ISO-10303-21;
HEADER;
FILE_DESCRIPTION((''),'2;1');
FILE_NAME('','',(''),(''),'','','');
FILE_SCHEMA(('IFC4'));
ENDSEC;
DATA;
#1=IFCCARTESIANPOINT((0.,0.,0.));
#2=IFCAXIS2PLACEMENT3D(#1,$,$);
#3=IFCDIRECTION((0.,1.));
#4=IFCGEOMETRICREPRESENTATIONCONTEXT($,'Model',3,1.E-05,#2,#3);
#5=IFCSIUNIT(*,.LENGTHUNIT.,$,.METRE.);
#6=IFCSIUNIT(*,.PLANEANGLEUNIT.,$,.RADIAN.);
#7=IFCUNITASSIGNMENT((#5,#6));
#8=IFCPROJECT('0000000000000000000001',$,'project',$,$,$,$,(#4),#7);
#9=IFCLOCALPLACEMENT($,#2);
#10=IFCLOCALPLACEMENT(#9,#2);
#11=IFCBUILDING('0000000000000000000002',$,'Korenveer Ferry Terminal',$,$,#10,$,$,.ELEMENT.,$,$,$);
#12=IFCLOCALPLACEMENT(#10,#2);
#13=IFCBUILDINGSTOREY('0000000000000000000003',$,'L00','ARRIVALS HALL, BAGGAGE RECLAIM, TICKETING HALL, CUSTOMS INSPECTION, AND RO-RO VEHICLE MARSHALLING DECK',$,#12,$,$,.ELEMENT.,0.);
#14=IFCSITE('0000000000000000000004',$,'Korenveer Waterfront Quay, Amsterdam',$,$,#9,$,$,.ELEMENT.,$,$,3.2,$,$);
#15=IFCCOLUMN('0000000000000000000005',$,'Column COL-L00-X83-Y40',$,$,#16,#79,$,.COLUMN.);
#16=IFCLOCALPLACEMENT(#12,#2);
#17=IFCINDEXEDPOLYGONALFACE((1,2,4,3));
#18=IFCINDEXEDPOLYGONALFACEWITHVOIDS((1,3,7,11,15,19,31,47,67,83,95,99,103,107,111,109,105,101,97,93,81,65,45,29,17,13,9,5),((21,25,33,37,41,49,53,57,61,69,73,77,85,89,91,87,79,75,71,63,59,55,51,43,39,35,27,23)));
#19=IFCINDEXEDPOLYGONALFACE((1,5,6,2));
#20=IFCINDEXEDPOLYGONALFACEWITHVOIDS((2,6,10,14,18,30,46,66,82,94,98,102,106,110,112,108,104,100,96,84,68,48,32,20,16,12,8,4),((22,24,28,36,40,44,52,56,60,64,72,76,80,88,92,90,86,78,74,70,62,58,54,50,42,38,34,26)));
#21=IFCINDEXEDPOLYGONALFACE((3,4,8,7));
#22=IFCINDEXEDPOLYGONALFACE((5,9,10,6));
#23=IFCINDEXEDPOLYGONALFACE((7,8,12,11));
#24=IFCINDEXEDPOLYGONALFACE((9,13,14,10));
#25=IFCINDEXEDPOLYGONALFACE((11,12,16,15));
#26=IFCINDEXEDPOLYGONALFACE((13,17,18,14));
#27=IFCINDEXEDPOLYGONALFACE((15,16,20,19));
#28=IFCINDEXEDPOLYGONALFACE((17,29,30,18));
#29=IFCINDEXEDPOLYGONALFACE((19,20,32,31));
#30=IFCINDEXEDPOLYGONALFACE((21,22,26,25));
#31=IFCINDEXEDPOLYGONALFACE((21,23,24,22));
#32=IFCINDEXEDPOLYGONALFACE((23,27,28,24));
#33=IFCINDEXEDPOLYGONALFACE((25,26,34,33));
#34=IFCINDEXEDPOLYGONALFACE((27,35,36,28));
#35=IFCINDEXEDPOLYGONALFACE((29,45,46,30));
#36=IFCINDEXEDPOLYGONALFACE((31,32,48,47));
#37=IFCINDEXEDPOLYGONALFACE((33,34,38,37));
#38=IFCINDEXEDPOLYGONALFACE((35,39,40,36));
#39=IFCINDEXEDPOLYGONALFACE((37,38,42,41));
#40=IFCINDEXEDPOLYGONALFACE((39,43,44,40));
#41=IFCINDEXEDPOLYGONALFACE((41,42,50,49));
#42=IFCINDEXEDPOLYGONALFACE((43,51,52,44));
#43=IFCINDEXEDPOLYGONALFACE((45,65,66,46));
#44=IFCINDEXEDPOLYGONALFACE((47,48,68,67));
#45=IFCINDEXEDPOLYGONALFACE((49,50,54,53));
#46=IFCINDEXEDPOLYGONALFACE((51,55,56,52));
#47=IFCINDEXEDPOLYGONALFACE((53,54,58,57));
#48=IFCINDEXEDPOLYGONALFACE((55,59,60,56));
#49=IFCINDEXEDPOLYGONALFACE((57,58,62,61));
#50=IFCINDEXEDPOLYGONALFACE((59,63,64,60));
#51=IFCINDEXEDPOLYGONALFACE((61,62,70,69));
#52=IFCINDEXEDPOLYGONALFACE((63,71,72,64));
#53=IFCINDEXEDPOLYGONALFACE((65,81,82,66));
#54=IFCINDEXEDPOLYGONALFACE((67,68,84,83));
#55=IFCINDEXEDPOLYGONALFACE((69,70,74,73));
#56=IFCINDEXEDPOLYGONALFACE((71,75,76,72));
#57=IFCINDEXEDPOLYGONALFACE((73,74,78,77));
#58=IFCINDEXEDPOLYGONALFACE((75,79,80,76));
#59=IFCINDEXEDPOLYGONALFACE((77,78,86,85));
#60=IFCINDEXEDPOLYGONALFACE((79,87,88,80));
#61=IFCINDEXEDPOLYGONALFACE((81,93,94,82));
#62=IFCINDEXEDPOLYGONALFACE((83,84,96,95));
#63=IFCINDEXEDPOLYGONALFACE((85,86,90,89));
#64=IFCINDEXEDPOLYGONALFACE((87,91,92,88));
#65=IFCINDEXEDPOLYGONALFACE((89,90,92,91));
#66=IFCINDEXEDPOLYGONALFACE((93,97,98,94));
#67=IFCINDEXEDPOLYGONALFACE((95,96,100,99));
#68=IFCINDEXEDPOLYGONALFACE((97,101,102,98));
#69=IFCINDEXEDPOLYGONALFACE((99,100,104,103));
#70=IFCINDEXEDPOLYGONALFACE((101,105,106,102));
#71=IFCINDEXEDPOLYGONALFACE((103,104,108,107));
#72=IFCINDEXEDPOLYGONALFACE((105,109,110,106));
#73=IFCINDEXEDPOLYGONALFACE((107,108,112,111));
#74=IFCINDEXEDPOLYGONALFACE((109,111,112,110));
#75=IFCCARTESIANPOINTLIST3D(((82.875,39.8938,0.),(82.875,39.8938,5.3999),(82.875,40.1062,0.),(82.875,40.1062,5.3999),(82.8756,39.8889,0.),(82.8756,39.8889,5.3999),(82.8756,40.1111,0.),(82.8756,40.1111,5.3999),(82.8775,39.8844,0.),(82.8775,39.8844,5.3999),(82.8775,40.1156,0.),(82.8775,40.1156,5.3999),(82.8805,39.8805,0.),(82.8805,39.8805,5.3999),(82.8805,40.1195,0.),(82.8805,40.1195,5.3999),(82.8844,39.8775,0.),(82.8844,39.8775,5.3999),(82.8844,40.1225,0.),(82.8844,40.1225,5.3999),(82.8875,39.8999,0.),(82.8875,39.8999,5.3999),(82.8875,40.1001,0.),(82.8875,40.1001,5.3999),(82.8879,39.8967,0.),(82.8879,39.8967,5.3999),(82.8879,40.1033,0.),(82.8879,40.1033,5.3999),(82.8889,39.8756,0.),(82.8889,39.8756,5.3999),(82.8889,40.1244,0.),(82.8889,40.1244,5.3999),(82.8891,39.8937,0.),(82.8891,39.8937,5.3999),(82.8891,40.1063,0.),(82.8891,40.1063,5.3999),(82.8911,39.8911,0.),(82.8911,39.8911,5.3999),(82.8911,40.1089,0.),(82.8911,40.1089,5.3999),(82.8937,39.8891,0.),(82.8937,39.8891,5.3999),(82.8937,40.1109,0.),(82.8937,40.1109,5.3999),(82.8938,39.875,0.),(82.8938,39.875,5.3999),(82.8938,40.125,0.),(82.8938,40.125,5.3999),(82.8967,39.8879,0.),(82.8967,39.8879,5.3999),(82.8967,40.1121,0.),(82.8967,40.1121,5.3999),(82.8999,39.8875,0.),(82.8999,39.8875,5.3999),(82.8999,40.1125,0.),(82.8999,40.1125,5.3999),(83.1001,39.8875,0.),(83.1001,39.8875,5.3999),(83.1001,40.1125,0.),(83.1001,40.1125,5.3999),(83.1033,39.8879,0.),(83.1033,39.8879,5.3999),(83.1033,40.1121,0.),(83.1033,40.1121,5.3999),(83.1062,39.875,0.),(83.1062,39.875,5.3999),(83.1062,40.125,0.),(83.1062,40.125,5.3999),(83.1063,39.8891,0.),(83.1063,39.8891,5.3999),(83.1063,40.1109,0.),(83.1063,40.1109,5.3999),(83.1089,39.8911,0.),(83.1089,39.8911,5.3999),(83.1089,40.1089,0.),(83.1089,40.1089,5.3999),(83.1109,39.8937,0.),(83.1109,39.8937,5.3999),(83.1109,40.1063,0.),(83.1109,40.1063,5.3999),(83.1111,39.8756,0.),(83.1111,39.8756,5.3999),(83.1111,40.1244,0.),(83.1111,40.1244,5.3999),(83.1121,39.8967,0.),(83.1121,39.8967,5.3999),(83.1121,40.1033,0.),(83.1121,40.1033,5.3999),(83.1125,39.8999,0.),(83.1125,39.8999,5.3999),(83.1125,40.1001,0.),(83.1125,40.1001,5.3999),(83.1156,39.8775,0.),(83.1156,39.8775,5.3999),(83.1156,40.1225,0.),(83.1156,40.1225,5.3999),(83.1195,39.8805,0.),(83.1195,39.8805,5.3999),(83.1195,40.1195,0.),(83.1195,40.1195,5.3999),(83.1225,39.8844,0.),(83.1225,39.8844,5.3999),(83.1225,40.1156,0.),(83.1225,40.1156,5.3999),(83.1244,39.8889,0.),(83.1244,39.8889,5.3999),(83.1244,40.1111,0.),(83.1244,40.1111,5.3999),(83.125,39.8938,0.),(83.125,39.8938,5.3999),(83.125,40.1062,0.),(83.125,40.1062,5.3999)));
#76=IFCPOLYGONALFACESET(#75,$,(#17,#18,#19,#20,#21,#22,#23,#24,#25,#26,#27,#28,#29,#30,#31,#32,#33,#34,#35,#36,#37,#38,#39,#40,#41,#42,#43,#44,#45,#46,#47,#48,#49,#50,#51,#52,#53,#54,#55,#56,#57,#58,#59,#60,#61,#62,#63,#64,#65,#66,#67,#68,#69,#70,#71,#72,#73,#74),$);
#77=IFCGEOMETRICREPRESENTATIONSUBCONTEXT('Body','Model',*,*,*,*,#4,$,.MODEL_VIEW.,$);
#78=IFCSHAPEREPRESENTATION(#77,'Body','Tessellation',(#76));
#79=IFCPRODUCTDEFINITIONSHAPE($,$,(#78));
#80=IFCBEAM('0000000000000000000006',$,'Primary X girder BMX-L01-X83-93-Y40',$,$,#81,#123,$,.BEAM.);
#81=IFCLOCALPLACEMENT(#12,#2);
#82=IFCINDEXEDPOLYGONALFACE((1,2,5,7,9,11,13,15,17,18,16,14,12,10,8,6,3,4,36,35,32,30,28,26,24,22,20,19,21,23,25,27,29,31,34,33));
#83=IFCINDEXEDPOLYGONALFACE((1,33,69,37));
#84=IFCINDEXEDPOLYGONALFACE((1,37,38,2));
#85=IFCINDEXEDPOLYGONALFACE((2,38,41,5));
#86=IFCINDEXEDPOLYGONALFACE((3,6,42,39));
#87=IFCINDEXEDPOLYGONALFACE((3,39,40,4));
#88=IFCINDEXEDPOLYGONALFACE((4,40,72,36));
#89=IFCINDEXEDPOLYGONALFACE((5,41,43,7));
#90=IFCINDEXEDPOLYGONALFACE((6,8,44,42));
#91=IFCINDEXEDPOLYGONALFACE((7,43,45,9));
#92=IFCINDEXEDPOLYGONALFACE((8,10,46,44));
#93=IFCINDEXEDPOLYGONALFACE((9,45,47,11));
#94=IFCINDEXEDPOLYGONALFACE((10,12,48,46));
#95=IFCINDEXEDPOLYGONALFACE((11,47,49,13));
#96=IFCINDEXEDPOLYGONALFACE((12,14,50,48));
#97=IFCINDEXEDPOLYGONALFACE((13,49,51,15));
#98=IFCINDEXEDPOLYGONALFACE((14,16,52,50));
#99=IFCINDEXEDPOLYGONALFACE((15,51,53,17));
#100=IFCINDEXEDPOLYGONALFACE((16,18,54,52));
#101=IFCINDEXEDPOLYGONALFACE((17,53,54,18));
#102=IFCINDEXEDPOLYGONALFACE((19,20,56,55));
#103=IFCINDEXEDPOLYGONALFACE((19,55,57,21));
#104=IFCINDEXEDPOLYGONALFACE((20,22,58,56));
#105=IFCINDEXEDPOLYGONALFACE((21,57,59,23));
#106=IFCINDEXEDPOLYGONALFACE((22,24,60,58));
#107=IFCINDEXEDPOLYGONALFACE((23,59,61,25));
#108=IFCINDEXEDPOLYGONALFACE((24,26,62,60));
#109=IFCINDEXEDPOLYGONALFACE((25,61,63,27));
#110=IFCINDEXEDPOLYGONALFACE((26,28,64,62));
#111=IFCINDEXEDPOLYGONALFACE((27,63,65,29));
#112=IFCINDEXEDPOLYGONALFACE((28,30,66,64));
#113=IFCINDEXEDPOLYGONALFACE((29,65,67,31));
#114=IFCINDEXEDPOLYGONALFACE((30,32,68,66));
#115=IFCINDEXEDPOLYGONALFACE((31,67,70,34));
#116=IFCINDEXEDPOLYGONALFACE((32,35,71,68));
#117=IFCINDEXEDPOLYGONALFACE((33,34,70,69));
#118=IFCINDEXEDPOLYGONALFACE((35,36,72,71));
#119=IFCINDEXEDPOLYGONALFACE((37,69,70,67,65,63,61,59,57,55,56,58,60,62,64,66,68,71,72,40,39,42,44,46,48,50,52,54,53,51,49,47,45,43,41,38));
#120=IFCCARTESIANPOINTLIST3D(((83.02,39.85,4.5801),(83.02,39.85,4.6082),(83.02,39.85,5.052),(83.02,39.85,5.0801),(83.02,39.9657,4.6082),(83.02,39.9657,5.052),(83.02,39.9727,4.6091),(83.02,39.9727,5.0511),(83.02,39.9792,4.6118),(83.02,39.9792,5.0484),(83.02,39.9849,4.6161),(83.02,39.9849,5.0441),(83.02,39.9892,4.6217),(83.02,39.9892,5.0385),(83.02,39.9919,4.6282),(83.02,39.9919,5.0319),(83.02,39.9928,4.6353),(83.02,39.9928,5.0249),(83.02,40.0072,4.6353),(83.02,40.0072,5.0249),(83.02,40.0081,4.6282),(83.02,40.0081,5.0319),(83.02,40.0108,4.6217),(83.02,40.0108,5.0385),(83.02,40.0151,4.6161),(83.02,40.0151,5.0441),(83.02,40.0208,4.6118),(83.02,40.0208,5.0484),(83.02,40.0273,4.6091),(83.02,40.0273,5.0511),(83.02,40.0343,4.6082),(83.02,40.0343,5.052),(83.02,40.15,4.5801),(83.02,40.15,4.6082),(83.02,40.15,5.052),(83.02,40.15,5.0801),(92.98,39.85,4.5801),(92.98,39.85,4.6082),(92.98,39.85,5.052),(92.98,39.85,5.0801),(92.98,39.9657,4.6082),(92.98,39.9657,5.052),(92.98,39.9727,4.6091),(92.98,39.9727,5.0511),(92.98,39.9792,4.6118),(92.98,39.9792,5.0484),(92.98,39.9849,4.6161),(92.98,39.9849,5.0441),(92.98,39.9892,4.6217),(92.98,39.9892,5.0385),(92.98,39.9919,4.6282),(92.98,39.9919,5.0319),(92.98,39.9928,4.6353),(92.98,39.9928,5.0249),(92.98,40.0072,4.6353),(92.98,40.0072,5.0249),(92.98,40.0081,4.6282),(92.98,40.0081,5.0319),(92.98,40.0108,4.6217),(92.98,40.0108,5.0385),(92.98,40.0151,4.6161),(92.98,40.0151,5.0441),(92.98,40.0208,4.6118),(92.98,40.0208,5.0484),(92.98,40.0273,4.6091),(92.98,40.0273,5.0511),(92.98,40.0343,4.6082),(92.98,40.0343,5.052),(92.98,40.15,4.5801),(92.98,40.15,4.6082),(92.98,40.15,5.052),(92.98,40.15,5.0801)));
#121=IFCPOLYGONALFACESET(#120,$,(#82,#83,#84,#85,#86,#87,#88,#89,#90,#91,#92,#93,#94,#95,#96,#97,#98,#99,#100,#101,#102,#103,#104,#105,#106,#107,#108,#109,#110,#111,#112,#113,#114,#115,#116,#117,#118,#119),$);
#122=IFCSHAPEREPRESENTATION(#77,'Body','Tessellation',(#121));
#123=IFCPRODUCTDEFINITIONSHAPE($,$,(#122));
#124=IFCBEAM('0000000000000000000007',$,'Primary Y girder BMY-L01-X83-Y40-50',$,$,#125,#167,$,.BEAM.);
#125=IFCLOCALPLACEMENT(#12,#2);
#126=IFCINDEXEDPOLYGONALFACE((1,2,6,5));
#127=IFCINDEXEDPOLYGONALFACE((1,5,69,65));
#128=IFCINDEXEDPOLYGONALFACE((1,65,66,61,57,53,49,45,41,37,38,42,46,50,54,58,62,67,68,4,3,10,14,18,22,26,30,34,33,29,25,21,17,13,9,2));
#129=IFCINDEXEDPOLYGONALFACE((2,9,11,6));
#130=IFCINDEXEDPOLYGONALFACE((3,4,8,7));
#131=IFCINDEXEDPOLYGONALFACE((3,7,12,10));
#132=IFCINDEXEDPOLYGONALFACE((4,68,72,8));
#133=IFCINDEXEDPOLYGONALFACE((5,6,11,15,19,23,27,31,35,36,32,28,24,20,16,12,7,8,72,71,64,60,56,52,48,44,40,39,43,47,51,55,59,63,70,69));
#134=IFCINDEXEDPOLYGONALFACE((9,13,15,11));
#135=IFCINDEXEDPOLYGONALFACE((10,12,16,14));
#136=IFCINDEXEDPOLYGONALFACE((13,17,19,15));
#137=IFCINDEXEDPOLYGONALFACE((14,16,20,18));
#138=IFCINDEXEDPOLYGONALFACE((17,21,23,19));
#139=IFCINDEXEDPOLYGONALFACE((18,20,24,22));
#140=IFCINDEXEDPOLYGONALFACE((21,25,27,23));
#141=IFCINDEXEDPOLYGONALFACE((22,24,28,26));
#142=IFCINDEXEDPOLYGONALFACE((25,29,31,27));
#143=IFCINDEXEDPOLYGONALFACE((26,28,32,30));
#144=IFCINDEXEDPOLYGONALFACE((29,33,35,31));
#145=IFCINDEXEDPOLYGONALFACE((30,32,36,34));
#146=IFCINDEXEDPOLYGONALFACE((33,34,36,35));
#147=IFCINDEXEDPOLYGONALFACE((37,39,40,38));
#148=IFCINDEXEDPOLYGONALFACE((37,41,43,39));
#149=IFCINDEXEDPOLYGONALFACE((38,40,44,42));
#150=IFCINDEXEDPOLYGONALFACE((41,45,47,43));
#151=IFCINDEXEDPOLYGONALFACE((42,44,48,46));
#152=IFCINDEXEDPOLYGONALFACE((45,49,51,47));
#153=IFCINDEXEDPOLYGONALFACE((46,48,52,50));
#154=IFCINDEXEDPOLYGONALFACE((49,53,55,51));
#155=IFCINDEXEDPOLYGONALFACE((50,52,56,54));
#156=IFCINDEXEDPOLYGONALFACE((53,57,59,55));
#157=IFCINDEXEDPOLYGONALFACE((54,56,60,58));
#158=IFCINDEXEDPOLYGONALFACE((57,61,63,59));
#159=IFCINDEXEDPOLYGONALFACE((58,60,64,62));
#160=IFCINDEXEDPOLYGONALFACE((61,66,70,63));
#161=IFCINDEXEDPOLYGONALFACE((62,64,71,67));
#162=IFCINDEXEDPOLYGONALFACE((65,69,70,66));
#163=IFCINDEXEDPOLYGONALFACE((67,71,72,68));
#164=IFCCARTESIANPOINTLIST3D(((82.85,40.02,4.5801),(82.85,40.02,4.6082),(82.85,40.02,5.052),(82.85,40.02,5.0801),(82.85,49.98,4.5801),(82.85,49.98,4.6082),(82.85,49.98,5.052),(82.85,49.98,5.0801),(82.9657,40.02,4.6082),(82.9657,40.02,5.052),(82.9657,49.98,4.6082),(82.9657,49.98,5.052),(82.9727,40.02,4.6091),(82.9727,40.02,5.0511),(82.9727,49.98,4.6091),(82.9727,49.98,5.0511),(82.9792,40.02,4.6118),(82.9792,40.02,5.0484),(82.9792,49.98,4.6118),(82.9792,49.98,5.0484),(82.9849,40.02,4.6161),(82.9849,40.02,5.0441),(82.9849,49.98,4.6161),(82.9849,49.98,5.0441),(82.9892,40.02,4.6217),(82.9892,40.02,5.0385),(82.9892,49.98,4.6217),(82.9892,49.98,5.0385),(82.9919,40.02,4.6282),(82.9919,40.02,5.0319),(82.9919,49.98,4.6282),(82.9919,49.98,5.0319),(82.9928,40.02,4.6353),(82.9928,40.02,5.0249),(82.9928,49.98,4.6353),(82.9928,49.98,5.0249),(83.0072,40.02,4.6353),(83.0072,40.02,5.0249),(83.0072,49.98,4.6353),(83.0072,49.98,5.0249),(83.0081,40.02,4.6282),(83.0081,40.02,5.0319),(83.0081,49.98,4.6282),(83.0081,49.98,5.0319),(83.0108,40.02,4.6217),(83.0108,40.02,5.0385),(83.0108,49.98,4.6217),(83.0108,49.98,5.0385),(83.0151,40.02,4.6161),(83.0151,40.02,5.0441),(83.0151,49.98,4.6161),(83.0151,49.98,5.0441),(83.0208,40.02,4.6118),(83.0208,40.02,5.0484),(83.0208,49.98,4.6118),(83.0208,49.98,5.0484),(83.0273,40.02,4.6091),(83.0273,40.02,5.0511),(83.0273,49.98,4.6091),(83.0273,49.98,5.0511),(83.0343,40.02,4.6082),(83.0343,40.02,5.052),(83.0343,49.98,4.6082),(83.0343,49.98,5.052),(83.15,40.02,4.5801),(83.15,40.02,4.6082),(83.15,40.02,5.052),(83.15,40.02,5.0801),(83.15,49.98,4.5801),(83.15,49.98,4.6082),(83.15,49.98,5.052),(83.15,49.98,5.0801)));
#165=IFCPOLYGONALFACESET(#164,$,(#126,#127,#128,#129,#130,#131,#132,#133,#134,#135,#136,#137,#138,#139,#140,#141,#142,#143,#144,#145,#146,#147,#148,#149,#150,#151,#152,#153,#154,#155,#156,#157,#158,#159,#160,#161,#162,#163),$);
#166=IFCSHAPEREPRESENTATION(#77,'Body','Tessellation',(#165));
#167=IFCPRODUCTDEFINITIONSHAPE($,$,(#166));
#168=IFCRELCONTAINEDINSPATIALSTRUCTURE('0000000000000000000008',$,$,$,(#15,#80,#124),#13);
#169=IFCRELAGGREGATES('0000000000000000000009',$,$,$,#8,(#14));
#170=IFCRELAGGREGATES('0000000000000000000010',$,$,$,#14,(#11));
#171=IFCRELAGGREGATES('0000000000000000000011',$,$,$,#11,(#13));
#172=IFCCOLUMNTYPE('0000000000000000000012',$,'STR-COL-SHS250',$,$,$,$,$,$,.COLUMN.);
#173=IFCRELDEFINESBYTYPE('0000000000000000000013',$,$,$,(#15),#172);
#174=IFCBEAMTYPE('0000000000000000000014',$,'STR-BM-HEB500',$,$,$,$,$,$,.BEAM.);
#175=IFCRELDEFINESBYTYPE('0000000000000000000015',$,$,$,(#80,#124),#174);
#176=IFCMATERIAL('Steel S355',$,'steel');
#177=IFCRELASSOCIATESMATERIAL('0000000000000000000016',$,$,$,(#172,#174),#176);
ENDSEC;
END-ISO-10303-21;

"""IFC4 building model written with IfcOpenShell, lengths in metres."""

from ifc_helpers import new_model, si_unit, direction, frame, origin, origin_2d, place, context, subcontext, project, spatial, hollow_rectangle, i_section, extrude, material, material_profile, profile_set, type_object, element, save


model = new_model("IFC4")

# Units and contexts
model_context = context("Model", 3, precision=1e-05, world=origin(), true_north=direction((0.0, 1.0)))
body_context = subcontext(model_context, "Body", "Model", "MODEL_VIEW")
ifc_project = project(units=[si_unit("LENGTHUNIT", "METRE"), si_unit("PLANEANGLEUNIT", "RADIAN")], contexts=[model_context])

# Site, building, storey
site_placement = place(None, origin())
site = spatial("IfcSite", under=ifc_project, at=site_placement, Name="Korenveer Waterfront Quay, Amsterdam", CompositionType="ELEMENT", RefElevation=3.2)
building_placement = place(site_placement, origin())
building = spatial("IfcBuilding", under=site, at=building_placement, Name="Korenveer Ferry Terminal", CompositionType="ELEMENT")
storey_placement = place(building_placement, origin())
storey = spatial("IfcBuildingStorey", under=building, at=storey_placement, Name="L00", Description="ARRIVALS HALL, BAGGAGE RECLAIM, TICKETING HALL, CUSTOMS INSPECTION, AND RO-RO VEHICLE MARSHALLING DECK", CompositionType="ELEMENT", Elevation=0.0)

# Column
ifc_material_1 = material(Name="Steel S355", Category="steel")
ifc_material_profile_1 = material_profile(ifc_material_1, hollow_rectangle(XDim=0.25, YDim=0.25, WallThickness=0.0125, InnerFilletRadius=0.0125, OuterFilletRadius=0.0188, at=origin_2d()), Name="SHS 250x250x12.5")
ifc_profile_set_1 = profile_set([ifc_material_profile_1], Name="Steel S355")
column_type = type_object("IfcColumnType", Name="STR-COL-SHS250", PredefinedType="COLUMN", material=ifc_profile_set_1)
column_placement = place(storey_placement, frame((83.0, 40.0, 0.0), z_axis=(0.0, 0.0, 1.0), x_axis=(1.0, 0.0, 0.0)))
element("IfcColumn", 1, at=column_placement, inside=storey, type_object=column_type, Name="Column COL-L00-X83-Y40", PredefinedType="COLUMN", context=body_context, shape_type="SweptSolid", body=[
    extrude(hollow_rectangle(XDim=0.25, YDim=0.25, WallThickness=0.0125, InnerFilletRadius=0.0125, OuterFilletRadius=0.0188, at=origin_2d()), origin(), (0.0, 0.0, 1.0), 5.3999),
])

# Beams
ifc_material_profile_2 = material_profile(ifc_material_1, i_section(OverallWidth=0.3, OverallDepth=0.5, WebThickness=0.0144, FlangeThickness=0.0281, FilletRadius=0.0271, at=origin_2d()), Name="HEB 500")
ifc_profile_set_2 = profile_set([ifc_material_profile_2], Name="Steel S355")
beam_type_1 = type_object("IfcBeamType", Name="STR-BM-HEB500", PredefinedType="BEAM", material=ifc_profile_set_2)
for number, where, z_axis, x_axis, name in (
    (2, (83.02, 40.0, 4.8301), (1.0, 0.0, 0.0), (0.0, 1.0, 0.0), "Primary X girder BMX-L01-X83-93-Y40"),
    (3, (83.0, 40.02, 4.8301), (0.0, 1.0, 0.0), (-1.0, 0.0, 0.0), "Primary Y girder BMY-L01-X83-Y40-50"),
):
    element("IfcBeam", number, at=place(storey_placement, frame(where, z_axis=z_axis, x_axis=x_axis)), inside=storey, type_object=beam_type_1, Name=name, PredefinedType="BEAM", context=body_context, shape_type="SweptSolid", body=[
        extrude(i_section(OverallWidth=0.3, OverallDepth=0.5, WebThickness=0.0144, FlangeThickness=0.0281, FilletRadius=0.0271, at=origin_2d()), origin(), (0.0, 0.0, 1.0), 9.96),
    ])

save(model, "model.ifc")
